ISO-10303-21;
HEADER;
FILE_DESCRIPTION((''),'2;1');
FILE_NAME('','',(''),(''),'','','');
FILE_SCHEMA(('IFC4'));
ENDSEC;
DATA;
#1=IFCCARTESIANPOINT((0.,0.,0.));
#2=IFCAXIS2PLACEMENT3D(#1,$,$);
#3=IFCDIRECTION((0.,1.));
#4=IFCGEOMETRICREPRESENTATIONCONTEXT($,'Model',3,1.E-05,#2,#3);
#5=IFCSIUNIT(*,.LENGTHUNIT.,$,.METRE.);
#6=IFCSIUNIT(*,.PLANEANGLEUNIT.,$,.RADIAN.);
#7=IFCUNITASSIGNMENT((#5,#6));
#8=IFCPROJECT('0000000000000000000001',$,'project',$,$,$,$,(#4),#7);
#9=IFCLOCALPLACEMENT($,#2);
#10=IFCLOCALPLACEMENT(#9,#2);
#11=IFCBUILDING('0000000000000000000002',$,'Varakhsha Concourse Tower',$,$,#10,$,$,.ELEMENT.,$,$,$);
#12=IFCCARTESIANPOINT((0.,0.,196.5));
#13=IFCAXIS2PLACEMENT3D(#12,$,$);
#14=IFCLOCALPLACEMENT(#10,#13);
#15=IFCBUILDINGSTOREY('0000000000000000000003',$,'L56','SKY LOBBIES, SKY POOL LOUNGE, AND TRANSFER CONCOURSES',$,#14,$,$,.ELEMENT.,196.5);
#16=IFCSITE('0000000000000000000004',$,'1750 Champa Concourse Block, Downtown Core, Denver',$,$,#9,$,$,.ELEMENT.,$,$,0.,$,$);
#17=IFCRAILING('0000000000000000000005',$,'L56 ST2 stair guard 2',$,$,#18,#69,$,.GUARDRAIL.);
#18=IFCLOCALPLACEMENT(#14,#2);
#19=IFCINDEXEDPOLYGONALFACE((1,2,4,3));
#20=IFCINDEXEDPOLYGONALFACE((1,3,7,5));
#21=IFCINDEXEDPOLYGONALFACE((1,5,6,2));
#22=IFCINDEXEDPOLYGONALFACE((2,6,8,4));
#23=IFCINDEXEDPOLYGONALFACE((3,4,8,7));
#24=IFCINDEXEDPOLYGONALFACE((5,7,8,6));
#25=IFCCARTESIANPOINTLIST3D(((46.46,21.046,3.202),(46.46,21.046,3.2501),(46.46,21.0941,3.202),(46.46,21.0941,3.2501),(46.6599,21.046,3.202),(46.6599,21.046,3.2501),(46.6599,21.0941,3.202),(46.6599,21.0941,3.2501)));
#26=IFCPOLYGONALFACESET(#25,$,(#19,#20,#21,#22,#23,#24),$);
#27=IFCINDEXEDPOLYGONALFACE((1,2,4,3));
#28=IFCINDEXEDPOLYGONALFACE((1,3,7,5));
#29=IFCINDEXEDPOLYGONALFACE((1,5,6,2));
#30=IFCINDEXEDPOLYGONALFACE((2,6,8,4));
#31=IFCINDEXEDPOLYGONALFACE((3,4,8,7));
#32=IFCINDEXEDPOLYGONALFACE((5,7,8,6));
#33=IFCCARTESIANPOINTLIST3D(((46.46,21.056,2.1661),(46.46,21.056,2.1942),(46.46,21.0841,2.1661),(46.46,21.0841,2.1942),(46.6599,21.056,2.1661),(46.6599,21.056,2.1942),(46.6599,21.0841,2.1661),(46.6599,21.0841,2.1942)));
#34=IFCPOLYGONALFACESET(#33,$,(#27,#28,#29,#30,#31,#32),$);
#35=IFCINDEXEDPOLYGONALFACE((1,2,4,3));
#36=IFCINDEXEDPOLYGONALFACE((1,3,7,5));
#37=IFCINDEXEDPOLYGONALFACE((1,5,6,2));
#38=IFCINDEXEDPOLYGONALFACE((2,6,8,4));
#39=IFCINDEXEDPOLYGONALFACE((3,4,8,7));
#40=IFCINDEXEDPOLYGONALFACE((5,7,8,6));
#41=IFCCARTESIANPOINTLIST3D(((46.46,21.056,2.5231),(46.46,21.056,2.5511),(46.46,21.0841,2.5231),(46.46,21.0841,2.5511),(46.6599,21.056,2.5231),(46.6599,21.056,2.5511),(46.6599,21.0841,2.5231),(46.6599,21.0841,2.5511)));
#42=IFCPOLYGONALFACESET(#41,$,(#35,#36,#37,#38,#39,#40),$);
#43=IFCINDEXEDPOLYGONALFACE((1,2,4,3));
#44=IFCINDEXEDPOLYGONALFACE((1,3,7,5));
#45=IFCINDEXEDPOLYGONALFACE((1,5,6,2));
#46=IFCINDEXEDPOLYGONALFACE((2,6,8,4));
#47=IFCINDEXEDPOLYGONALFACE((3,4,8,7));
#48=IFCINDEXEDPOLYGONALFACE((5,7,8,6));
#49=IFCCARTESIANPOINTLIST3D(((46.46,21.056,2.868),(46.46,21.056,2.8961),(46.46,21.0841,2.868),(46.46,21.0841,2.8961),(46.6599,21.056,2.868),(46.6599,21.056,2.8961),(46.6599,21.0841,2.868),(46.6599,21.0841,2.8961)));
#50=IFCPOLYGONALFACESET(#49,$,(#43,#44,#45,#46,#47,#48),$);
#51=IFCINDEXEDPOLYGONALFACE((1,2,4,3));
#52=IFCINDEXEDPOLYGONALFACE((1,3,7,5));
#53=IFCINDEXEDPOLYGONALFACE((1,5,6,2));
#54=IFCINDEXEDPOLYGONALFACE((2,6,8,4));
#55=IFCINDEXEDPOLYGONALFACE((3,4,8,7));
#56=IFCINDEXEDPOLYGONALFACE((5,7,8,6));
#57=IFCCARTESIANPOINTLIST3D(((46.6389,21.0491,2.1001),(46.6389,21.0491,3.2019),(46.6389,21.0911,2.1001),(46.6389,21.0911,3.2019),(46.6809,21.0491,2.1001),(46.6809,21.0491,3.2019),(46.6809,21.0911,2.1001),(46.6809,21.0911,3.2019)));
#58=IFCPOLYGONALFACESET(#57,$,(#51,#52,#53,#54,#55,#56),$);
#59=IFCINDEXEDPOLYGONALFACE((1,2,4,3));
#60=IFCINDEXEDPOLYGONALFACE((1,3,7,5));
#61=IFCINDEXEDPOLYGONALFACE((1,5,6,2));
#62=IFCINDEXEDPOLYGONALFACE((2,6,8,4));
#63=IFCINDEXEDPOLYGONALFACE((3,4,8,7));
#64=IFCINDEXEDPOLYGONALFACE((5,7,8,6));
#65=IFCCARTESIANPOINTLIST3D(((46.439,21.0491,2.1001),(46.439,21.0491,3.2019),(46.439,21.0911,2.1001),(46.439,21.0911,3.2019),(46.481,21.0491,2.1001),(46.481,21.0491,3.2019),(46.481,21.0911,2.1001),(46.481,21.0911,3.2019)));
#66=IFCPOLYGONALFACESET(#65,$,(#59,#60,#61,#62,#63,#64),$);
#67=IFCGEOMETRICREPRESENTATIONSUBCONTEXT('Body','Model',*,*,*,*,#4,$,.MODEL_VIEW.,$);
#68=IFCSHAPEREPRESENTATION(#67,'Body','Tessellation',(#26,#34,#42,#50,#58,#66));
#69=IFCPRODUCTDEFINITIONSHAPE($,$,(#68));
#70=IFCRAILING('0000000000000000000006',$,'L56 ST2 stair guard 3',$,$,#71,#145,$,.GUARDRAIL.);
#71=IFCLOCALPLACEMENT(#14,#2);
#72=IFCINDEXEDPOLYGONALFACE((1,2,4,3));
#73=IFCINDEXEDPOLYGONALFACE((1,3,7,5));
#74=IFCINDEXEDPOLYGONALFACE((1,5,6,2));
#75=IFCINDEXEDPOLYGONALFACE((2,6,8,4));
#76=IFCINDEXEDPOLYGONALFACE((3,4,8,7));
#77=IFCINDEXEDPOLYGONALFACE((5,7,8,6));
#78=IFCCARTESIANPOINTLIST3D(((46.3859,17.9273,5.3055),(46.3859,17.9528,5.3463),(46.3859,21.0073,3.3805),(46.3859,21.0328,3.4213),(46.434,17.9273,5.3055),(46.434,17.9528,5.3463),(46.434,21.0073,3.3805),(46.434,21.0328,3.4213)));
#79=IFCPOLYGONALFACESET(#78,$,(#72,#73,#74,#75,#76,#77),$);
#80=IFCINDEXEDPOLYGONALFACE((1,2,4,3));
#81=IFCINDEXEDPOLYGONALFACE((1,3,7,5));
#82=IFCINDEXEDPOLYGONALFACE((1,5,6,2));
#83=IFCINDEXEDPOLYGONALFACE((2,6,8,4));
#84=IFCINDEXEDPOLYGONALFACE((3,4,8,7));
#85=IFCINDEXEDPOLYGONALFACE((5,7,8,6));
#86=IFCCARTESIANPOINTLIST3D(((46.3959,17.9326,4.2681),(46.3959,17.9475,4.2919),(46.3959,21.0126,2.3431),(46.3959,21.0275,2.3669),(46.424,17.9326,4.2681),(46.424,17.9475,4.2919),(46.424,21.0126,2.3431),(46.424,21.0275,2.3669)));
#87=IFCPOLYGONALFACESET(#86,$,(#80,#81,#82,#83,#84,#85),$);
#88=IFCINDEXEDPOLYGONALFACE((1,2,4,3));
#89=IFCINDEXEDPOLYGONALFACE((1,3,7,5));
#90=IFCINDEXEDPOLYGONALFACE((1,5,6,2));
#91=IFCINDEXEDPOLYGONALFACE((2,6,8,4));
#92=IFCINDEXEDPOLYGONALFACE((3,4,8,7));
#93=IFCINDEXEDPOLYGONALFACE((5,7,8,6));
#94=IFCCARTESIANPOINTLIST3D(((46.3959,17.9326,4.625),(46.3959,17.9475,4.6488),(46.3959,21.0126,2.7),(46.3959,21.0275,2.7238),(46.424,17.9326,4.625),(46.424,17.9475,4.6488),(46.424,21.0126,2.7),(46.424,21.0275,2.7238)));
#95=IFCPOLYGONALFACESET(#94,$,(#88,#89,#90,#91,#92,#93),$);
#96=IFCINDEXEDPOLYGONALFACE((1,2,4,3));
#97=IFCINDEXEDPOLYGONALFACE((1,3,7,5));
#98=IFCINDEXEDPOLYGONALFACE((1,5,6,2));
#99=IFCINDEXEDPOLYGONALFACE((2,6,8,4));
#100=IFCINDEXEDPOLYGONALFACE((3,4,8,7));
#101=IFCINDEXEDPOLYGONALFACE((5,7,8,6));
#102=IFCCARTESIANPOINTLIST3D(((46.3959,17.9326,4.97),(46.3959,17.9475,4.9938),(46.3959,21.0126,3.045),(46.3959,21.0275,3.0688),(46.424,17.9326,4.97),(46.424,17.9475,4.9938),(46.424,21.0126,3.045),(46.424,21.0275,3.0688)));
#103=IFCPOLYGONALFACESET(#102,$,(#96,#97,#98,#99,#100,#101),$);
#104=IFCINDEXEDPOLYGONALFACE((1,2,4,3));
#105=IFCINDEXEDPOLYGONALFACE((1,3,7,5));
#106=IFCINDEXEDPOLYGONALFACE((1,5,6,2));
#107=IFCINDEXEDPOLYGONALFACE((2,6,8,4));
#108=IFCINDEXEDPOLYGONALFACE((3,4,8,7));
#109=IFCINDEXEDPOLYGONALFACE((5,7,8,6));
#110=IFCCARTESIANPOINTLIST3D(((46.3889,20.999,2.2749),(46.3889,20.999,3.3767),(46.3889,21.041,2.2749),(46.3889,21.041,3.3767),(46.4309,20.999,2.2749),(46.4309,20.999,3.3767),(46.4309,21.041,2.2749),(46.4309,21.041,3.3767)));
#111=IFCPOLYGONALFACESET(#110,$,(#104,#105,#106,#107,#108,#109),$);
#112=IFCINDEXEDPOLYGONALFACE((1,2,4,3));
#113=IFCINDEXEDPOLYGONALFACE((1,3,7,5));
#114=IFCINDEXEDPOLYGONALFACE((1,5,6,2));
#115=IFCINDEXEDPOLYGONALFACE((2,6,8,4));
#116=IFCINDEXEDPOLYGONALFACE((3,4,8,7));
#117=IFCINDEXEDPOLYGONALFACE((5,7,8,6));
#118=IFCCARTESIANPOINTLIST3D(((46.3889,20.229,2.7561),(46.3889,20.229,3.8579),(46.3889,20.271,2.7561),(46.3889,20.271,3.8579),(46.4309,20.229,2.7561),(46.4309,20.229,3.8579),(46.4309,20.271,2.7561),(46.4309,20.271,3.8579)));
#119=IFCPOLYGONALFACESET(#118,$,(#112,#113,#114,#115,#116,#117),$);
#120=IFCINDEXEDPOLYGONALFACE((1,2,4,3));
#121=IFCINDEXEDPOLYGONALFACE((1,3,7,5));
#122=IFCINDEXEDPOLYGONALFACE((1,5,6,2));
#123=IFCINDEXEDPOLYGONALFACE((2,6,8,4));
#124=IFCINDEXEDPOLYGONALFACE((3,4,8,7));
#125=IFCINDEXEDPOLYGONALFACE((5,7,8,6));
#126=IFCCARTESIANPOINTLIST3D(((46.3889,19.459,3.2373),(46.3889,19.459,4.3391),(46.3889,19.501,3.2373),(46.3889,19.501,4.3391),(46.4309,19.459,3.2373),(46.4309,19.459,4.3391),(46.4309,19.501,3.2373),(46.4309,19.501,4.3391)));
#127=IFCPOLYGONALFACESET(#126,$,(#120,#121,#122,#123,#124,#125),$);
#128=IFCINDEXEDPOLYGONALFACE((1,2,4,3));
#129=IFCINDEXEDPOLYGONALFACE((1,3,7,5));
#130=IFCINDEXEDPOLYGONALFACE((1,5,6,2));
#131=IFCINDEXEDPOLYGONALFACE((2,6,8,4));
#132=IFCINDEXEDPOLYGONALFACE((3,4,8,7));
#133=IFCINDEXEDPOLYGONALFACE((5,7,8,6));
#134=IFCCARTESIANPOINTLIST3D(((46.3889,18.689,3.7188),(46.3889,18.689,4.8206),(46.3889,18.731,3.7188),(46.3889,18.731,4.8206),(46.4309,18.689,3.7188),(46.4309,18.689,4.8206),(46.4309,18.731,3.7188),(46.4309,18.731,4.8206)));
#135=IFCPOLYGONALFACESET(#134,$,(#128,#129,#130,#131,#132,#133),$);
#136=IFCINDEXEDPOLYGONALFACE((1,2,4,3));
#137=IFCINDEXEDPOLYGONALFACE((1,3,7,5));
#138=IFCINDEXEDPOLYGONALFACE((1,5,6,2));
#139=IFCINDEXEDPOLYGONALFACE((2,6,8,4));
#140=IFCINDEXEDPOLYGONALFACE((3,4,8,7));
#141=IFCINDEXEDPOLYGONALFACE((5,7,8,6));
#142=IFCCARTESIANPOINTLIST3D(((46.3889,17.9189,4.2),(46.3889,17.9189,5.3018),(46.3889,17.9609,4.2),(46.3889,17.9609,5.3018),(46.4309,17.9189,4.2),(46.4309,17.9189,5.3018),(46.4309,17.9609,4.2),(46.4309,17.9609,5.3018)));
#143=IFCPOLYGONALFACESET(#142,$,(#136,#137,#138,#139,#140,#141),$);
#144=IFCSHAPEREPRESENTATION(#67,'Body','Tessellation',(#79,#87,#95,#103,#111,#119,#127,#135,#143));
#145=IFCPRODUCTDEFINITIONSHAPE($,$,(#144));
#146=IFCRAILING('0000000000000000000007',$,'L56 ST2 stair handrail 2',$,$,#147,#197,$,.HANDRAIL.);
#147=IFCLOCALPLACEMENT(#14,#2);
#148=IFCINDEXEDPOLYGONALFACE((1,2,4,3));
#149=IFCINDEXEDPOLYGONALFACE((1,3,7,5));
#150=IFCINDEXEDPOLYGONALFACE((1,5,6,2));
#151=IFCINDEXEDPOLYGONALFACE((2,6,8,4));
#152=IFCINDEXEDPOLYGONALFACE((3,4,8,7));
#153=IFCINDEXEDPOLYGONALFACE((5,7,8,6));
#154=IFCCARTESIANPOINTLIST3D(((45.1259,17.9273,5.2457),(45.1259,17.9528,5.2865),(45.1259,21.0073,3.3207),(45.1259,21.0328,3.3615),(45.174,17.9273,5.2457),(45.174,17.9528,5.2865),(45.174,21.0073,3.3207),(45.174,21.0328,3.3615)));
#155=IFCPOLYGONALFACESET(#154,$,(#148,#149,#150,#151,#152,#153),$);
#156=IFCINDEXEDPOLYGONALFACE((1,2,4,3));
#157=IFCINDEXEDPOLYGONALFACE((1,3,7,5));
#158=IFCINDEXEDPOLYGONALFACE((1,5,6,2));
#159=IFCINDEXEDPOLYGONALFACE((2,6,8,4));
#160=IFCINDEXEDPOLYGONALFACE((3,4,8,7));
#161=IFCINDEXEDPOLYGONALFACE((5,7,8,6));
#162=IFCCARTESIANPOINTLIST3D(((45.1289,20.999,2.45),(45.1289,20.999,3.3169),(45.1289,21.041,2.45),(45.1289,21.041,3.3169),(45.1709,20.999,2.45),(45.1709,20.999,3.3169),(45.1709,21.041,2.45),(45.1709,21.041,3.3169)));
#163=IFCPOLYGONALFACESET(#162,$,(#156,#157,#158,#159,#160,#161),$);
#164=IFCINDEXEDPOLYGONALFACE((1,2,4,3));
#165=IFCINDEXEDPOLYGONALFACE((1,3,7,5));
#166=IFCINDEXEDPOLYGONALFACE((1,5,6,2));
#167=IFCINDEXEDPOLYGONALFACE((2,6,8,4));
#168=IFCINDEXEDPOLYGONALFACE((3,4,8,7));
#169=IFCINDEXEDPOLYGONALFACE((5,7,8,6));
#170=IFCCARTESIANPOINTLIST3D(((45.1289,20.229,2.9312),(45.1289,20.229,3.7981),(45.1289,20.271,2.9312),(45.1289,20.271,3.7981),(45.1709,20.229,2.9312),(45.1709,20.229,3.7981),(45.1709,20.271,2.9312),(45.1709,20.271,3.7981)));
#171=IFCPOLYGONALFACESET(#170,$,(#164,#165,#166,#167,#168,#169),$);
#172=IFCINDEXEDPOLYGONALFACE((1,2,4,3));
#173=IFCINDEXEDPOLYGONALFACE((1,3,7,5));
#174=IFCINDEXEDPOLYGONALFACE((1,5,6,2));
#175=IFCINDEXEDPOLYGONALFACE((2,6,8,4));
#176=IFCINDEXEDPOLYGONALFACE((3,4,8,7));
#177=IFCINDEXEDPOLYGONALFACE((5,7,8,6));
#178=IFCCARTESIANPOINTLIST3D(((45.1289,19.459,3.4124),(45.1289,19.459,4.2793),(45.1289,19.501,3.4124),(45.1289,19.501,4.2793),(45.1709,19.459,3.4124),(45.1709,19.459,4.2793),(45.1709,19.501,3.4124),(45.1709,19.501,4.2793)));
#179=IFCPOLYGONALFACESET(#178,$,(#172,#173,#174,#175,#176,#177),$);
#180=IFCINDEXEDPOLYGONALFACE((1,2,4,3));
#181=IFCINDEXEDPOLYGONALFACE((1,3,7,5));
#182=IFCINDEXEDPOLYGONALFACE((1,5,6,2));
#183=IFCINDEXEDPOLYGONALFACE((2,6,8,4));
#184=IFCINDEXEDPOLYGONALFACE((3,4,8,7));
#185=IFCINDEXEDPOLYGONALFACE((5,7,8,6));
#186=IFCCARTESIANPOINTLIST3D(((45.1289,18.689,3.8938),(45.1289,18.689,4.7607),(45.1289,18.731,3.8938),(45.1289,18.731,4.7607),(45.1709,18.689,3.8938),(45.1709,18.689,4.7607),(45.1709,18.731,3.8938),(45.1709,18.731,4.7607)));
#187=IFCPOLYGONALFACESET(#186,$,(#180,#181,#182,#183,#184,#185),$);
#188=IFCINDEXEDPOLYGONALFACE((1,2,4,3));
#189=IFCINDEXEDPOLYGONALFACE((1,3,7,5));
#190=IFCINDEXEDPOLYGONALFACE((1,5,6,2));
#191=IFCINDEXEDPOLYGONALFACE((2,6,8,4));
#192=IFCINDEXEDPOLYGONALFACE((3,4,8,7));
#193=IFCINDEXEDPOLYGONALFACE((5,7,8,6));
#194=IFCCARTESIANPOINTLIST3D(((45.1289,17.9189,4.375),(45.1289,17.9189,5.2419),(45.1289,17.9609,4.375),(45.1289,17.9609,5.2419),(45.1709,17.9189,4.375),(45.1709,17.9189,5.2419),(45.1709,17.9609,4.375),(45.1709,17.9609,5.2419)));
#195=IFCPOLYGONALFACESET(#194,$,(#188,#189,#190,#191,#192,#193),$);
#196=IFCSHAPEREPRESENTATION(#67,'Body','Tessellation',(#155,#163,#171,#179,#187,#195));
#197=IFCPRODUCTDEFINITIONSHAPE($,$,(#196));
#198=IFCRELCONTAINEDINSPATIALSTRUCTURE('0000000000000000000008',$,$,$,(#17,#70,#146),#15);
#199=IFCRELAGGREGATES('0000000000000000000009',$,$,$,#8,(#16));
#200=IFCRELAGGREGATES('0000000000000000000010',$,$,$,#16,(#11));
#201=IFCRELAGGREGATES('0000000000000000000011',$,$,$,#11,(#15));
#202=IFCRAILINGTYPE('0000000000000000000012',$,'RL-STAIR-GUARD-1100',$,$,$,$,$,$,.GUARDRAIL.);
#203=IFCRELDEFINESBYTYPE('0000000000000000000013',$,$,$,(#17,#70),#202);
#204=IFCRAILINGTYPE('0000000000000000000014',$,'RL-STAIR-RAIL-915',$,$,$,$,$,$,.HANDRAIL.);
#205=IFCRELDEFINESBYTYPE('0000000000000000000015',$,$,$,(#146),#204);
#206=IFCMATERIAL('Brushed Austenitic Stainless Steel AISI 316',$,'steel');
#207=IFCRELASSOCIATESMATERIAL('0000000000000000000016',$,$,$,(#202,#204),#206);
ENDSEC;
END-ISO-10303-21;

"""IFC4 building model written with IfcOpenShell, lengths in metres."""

from ifc_helpers import new_model, si_unit, direction, frame, origin, origin_2d, place, context, subcontext, project, spatial, rectangle, extrude, material, type_object, element, save


model = new_model("IFC4")

# Units and contexts
model_context = context("Model", 3, precision=1e-05, world=origin(), true_north=direction((0.0, 1.0)))
body_context = subcontext(model_context, "Body", "Model", "MODEL_VIEW")
ifc_project = project(units=[si_unit("LENGTHUNIT", "METRE"), si_unit("PLANEANGLEUNIT", "RADIAN")], contexts=[model_context])

# Site, building, storey
site_placement = place(None, origin())
site = spatial("IfcSite", under=ifc_project, at=site_placement, Name="1750 Champa Concourse Block, Downtown Core, Denver", CompositionType="ELEMENT", RefElevation=0.0)
building_placement = place(site_placement, origin())
building = spatial("IfcBuilding", under=site, at=building_placement, Name="Varakhsha Concourse Tower", CompositionType="ELEMENT")
storey_placement = place(building_placement, frame((0.0, 0.0, 196.5)))
storey = spatial("IfcBuildingStorey", under=building, at=storey_placement, Name="L56", Description="SKY LOBBIES, SKY POOL LOUNGE, AND TRANSFER CONCOURSES", CompositionType="ELEMENT", Elevation=196.5)

# Railings
ifc_material_1 = material(Name="Brushed Austenitic Stainless Steel AISI 316", Category="steel")
railing_type_1 = type_object("IfcRailingType", Name="RL-STAIR-GUARD-1100", PredefinedType="GUARDRAIL", material=ifc_material_1)
railing_1_placement = place(storey_placement, frame((46.6599, 21.0701, 2.1001)))
element("IfcRailing", 1, at=railing_1_placement, inside=storey, type_object=railing_type_1, Name="L56 ST2 stair guard 2", PredefinedType="GUARDRAIL", context=body_context, shape_type="SweptSolid", body=[
    extrude(rectangle(XDim=0.0481, YDim=0.0481, at=origin_2d()), frame((0.0, 0.0, 1.126), z_axis=(-1.0, 0.0, 0.0), x_axis=(0.0, -1.0, 0.0)), (0.0, 0.0, 1.0), 0.2),
    extrude(rectangle(XDim=0.0281, YDim=0.0281, at=origin_2d()), frame((0.0, 0.0, 0.0801), z_axis=(-1.0, 0.0, 0.0), x_axis=(0.0, -1.0, 0.0)), (0.0, 0.0, 1.0), 0.2),
    extrude(rectangle(XDim=0.0281, YDim=0.0281, at=origin_2d()), frame((0.0, 0.0, 0.437), z_axis=(-1.0, 0.0, 0.0), x_axis=(0.0, -1.0, 0.0)), (0.0, 0.0, 1.0), 0.2),
    extrude(rectangle(XDim=0.0281, YDim=0.0281, at=origin_2d()), frame((0.0, 0.0, 0.782), z_axis=(-1.0, 0.0, 0.0), x_axis=(0.0, -1.0, 0.0)), (0.0, 0.0, 1.0), 0.2),
    extrude(rectangle(XDim=0.042, YDim=0.042, at=origin_2d()), origin(), (0.0, 0.0, 1.0), 1.1018),
    extrude(rectangle(XDim=0.042, YDim=0.042, at=origin_2d()), frame((-0.2, 0.0, 0.0)), (0.0, 0.0, 1.0), 1.1018),
])
railing_2_placement = place(storey_placement, frame((46.4099, 21.02, 2.2749)))
element("IfcRailing", 2, at=railing_2_placement, inside=storey, type_object=railing_type_1, Name="L56 ST2 stair guard 3", PredefinedType="GUARDRAIL", context=body_context, shape_type="SweptSolid", body=[
    extrude(rectangle(XDim=0.0481, YDim=0.0481, at=origin_2d()), frame((0.0, 0.0, 1.126), z_axis=(0.0, -0.847998, 0.529999), x_axis=(1.0, 0.0, 0.0)), (0.0, 0.0, 1.0), 3.6321),
    extrude(rectangle(XDim=0.0281, YDim=0.0281, at=origin_2d()), frame((0.0, 0.0, 0.0801), z_axis=(0.0, -0.847998, 0.529999), x_axis=(1.0, 0.0, 0.0)), (0.0, 0.0, 1.0), 3.6321),
    extrude(rectangle(XDim=0.0281, YDim=0.0281, at=origin_2d()), frame((0.0, 0.0, 0.437), z_axis=(0.0, -0.847998, 0.529999), x_axis=(1.0, 0.0, 0.0)), (0.0, 0.0, 1.0), 3.6321),
    extrude(rectangle(XDim=0.0281, YDim=0.0281, at=origin_2d()), frame((0.0, 0.0, 0.782), z_axis=(0.0, -0.847998, 0.529999), x_axis=(1.0, 0.0, 0.0)), (0.0, 0.0, 1.0), 3.6321),
    extrude(rectangle(XDim=0.042, YDim=0.042, at=origin_2d()), origin(), (0.0, 0.0, 1.0), 1.1018),
    extrude(rectangle(XDim=0.042, YDim=0.042, at=origin_2d()), frame((0.0, -0.77, 0.4812)), (0.0, 0.0, 1.0), 1.1018),
    extrude(rectangle(XDim=0.042, YDim=0.042, at=origin_2d()), frame((0.0, -1.54, 0.9624)), (0.0, 0.0, 1.0), 1.1018),
    extrude(rectangle(XDim=0.042, YDim=0.042, at=origin_2d()), frame((0.0, -2.3101, 1.4438)), (0.0, 0.0, 1.0), 1.1018),
    extrude(rectangle(XDim=0.042, YDim=0.042, at=origin_2d()), frame((0.0, -3.0801, 1.925)), (0.0, 0.0, 1.0), 1.1018),
])
railing_type_2 = type_object("IfcRailingType", Name="RL-STAIR-RAIL-915", PredefinedType="HANDRAIL", material=ifc_material_1)
railing_3_placement = place(storey_placement, frame((45.1499, 21.02, 2.45)))
element("IfcRailing", 3, at=railing_3_placement, inside=storey, type_object=railing_type_2, Name="L56 ST2 stair handrail 2", PredefinedType="HANDRAIL", context=body_context, shape_type="SweptSolid", body=[
    extrude(rectangle(XDim=0.0481, YDim=0.0481, at=origin_2d()), frame((0.0, 0.0, 0.8911), z_axis=(0.0, -0.847998, 0.529999), x_axis=(1.0, 0.0, 0.0)), (0.0, 0.0, 1.0), 3.6321),
    extrude(rectangle(XDim=0.042, YDim=0.042, at=origin_2d()), origin(), (0.0, 0.0, 1.0), 0.8669),
    extrude(rectangle(XDim=0.042, YDim=0.042, at=origin_2d()), frame((0.0, -0.77, 0.4812)), (0.0, 0.0, 1.0), 0.8669),
    extrude(rectangle(XDim=0.042, YDim=0.042, at=origin_2d()), frame((0.0, -1.54, 0.9624)), (0.0, 0.0, 1.0), 0.8669),
    extrude(rectangle(XDim=0.042, YDim=0.042, at=origin_2d()), frame((0.0, -2.3101, 1.4438)), (0.0, 0.0, 1.0), 0.8669),
    extrude(rectangle(XDim=0.042, YDim=0.042, at=origin_2d()), frame((0.0, -3.0801, 1.925)), (0.0, 0.0, 1.0), 0.8669),
])

save(model, "model.ifc")
